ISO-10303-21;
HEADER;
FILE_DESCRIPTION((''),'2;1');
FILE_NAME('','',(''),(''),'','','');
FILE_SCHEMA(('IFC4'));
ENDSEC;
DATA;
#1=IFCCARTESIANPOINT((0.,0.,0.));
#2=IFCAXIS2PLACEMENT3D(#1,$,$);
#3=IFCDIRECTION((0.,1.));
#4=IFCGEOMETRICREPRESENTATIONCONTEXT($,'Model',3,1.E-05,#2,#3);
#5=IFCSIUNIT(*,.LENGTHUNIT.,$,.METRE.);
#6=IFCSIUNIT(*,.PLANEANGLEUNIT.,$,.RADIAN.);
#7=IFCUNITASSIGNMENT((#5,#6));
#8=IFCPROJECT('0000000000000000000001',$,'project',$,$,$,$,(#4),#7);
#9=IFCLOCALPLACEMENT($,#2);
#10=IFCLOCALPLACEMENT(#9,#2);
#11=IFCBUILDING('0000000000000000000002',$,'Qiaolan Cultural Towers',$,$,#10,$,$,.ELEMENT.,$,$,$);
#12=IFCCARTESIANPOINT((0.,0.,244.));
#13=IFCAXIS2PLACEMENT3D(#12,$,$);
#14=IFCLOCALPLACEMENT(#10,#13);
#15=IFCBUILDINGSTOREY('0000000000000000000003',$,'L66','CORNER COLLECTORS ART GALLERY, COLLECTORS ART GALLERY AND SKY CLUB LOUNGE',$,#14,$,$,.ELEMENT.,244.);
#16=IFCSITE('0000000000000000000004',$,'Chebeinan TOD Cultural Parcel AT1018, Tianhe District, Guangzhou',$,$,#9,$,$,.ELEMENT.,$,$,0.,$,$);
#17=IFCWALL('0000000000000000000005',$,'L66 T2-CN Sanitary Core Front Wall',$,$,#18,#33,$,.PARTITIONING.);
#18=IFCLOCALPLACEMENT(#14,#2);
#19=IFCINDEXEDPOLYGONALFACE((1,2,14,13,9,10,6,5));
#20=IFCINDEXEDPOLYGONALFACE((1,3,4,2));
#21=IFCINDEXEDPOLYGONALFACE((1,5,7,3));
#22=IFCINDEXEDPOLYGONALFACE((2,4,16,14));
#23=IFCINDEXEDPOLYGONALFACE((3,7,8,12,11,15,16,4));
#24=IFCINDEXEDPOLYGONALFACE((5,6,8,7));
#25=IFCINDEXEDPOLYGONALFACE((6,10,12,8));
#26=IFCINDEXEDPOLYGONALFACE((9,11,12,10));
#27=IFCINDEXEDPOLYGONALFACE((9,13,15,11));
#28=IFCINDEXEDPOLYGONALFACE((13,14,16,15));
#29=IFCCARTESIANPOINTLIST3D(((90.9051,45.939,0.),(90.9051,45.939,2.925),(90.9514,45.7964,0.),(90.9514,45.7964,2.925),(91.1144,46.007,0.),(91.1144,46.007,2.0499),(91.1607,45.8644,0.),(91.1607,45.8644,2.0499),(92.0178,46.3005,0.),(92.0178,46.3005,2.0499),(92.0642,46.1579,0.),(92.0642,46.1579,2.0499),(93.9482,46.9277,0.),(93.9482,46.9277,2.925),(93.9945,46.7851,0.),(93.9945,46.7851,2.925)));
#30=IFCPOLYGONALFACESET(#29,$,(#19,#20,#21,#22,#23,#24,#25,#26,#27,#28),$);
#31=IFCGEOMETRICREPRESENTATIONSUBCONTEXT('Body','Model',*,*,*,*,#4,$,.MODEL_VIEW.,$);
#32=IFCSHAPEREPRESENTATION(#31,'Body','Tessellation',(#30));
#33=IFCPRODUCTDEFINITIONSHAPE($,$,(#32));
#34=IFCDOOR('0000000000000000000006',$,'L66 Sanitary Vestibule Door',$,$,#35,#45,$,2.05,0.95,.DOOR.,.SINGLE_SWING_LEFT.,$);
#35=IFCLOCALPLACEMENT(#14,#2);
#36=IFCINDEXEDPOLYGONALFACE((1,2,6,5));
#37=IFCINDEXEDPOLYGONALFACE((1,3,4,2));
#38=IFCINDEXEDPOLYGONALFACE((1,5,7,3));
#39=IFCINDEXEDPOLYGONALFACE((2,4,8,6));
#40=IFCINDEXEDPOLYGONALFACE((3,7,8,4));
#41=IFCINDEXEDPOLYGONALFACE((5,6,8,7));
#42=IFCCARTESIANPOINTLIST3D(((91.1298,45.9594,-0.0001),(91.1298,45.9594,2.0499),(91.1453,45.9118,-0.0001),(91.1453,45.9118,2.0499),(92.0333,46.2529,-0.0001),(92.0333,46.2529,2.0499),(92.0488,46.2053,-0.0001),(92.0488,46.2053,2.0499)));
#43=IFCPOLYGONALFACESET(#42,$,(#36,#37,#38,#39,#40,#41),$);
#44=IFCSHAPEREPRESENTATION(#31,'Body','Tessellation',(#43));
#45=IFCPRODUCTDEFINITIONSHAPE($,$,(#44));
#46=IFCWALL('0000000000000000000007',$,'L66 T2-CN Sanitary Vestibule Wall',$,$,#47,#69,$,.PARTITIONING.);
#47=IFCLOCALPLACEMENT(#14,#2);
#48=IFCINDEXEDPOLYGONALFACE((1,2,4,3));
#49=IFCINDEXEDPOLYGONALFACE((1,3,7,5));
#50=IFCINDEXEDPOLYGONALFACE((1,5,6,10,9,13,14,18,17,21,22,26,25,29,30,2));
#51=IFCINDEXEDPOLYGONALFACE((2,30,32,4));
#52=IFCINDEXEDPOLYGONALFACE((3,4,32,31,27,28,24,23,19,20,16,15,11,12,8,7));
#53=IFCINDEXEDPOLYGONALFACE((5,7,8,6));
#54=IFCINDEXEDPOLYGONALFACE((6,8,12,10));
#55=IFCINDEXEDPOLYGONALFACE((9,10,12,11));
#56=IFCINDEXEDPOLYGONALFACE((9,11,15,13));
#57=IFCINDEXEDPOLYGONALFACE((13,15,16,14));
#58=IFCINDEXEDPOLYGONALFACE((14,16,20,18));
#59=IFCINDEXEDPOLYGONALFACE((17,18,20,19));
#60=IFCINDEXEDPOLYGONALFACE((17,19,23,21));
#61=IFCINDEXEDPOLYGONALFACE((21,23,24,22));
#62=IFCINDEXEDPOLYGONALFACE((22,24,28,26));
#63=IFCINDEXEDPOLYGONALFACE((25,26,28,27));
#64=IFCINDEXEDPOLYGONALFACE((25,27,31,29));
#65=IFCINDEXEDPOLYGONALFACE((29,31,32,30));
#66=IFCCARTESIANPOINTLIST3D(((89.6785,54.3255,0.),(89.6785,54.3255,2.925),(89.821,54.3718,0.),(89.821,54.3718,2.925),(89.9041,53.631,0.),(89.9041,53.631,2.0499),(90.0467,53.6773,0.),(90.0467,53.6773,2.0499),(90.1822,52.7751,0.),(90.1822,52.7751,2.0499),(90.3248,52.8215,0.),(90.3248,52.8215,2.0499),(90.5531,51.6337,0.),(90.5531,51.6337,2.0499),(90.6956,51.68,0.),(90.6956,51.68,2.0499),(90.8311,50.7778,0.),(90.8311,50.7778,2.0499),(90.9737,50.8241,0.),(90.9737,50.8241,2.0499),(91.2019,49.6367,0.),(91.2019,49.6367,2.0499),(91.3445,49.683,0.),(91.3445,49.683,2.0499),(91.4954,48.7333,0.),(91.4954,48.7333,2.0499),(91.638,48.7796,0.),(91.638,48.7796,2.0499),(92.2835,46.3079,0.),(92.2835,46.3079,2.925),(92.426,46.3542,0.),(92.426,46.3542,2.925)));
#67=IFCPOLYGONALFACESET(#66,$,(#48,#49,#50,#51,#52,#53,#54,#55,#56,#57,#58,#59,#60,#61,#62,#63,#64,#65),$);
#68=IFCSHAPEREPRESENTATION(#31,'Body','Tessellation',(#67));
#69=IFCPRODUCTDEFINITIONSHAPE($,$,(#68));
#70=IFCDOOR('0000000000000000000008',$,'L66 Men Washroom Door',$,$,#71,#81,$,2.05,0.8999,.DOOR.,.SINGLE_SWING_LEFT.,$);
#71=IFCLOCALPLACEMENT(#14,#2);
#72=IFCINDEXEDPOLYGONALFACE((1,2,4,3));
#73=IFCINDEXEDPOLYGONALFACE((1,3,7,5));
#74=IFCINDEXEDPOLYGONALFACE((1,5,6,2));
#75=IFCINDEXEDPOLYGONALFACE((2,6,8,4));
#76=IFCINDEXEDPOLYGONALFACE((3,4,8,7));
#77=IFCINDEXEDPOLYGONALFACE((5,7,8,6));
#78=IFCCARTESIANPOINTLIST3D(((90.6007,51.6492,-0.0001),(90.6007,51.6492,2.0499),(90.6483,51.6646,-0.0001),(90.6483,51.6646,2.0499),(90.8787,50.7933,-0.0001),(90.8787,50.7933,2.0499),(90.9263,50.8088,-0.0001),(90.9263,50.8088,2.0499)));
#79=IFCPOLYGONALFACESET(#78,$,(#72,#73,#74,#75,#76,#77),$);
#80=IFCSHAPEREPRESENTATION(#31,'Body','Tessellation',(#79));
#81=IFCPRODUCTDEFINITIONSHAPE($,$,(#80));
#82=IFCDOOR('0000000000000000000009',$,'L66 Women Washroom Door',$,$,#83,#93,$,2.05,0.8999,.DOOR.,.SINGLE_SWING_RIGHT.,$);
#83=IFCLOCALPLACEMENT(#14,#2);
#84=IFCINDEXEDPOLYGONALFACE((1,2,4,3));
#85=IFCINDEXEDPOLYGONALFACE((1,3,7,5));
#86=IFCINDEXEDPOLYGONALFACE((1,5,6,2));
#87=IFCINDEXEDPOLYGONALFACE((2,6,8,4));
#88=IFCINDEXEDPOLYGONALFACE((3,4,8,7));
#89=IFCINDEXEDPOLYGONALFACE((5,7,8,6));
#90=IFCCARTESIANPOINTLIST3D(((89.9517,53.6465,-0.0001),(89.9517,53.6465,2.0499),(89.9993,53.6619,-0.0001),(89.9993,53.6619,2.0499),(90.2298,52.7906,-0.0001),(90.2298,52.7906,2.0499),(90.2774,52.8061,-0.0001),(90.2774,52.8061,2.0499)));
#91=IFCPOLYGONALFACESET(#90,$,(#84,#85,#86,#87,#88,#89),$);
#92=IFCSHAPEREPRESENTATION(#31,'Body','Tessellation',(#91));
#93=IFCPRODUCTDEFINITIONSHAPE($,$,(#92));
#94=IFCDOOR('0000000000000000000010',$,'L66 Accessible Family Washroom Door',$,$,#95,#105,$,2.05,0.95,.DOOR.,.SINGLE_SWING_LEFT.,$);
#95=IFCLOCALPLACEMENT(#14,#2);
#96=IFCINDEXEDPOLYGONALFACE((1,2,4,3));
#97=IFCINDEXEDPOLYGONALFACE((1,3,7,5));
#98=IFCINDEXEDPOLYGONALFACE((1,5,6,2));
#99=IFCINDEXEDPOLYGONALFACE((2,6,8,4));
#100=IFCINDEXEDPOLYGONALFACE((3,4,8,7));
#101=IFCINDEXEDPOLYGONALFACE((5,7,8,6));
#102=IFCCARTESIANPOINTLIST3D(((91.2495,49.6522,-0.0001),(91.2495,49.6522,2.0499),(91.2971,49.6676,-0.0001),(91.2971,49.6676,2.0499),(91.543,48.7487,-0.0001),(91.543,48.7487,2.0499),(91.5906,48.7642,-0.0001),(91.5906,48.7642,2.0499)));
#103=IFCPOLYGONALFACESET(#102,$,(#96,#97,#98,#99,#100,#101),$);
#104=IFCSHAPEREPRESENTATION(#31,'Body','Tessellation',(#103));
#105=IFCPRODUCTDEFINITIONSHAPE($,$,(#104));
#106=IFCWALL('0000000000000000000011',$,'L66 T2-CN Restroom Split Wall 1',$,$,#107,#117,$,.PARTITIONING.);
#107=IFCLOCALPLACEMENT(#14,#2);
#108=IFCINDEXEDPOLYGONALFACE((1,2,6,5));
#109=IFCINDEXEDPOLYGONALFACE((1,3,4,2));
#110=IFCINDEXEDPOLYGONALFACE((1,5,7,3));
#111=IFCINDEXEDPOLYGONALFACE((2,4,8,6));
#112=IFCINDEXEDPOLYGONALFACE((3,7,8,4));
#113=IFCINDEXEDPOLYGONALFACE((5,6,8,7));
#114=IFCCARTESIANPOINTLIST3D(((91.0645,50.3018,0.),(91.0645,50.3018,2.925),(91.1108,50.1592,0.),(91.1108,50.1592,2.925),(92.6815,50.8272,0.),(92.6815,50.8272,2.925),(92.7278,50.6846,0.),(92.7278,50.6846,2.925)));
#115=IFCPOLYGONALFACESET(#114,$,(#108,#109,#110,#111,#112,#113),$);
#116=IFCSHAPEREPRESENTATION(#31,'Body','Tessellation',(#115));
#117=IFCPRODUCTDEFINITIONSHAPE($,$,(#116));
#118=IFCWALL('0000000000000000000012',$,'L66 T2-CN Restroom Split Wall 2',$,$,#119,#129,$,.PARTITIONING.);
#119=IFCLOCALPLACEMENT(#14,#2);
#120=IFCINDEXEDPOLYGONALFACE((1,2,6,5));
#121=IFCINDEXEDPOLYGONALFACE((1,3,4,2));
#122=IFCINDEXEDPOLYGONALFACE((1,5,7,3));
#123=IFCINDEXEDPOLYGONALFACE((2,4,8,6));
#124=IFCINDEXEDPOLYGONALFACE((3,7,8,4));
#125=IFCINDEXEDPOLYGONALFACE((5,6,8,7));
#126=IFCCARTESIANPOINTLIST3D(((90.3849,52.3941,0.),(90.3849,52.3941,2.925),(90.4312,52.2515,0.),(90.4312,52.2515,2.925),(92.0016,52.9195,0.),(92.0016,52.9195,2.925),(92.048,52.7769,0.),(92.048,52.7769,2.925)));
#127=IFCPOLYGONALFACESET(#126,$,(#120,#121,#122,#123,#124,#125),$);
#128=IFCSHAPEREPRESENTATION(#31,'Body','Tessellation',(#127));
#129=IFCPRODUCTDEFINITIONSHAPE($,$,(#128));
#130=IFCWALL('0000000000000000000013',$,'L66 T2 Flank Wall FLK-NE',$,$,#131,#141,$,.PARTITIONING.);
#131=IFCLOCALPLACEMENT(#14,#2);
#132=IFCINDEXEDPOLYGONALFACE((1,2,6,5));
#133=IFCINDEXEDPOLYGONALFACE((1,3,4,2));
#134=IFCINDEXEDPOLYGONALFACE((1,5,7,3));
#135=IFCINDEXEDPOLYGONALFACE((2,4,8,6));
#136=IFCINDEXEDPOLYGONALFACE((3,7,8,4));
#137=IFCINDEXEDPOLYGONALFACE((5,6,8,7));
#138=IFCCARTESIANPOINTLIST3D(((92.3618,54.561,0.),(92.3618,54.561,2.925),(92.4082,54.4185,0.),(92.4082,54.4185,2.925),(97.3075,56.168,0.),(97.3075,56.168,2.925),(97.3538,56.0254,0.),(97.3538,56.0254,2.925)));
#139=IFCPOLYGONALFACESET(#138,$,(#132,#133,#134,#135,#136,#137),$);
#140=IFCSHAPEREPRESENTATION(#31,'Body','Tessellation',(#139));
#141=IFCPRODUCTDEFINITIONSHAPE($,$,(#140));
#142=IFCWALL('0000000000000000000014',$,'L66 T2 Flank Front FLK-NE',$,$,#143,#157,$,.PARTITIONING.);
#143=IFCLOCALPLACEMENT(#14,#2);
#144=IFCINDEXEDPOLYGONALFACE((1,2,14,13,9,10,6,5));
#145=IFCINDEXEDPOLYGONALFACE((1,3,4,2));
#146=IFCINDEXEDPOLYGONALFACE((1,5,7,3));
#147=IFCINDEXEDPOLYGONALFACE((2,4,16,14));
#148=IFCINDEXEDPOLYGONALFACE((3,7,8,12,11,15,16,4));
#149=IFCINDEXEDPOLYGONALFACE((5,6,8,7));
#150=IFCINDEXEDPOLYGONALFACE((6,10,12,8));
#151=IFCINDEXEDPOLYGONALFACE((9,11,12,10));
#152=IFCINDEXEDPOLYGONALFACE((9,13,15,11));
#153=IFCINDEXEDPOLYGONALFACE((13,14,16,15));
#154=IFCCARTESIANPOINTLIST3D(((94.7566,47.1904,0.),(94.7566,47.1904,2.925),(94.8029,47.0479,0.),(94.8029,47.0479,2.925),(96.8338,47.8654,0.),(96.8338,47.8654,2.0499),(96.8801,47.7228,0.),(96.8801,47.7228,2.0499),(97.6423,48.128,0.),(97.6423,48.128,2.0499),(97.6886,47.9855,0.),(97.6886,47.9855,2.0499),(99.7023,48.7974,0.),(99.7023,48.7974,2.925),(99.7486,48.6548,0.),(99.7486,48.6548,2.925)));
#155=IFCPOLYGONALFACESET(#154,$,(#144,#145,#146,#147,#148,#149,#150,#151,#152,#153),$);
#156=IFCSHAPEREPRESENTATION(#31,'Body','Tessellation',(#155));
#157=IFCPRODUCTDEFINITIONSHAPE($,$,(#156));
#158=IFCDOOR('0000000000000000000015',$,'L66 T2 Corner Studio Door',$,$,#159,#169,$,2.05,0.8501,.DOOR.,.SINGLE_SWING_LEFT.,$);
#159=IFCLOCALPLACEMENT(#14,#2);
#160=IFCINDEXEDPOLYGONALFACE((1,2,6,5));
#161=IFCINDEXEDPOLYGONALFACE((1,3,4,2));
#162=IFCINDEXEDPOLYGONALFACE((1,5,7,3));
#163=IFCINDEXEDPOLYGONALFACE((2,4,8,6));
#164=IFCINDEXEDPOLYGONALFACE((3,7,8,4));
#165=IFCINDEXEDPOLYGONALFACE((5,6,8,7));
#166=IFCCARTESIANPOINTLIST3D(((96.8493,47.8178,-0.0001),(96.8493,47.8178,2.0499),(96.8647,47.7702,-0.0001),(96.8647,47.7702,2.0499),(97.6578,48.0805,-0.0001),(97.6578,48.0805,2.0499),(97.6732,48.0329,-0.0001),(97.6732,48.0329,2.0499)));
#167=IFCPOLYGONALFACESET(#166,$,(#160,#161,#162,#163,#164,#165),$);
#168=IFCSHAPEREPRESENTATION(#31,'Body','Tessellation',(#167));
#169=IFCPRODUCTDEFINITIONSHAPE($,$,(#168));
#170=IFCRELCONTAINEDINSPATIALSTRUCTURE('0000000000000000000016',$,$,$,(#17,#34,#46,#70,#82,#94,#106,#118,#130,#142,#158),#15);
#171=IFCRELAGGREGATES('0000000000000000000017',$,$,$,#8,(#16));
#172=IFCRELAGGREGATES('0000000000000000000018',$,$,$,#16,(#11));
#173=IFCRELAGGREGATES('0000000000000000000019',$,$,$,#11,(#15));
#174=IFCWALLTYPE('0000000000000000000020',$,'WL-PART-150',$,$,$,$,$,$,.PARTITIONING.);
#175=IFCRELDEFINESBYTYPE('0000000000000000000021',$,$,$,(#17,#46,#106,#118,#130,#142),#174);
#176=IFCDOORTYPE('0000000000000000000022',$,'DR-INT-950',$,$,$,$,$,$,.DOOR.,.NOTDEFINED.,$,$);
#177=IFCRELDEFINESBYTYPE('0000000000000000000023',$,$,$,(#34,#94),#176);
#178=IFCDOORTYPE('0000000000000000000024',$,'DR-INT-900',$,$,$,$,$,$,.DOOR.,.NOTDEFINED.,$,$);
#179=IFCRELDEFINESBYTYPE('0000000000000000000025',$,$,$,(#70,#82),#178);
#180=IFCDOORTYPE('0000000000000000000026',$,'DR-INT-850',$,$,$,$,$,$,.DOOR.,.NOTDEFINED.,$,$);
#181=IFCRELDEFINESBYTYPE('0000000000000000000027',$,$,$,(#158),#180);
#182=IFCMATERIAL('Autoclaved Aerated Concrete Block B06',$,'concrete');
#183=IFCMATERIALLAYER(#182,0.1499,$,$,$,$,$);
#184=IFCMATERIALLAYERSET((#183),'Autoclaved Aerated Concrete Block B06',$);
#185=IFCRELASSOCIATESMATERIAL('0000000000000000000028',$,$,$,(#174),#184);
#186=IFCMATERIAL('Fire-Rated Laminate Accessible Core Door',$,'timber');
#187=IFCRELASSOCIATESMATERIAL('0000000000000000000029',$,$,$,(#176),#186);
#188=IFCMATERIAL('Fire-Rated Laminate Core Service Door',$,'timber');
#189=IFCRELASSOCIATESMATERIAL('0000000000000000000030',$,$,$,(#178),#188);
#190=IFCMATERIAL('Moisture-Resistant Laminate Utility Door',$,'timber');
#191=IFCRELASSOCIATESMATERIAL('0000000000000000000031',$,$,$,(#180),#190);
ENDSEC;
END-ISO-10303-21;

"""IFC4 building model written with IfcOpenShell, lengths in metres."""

from ifc_helpers import new_model, si_unit, direction, frame, frame_2d, origin, place, context, subcontext, project, spatial, rectangle, extrude, material, layer, layer_set, type_object, element, fill, save


model = new_model("IFC4")

# Units and contexts
model_context = context("Model", 3, precision=1e-05, world=origin(), true_north=direction((0.0, 1.0)))
body_context = subcontext(model_context, "Body", "Model", "MODEL_VIEW")
ifc_project = project(units=[si_unit("LENGTHUNIT", "METRE"), si_unit("PLANEANGLEUNIT", "RADIAN")], contexts=[model_context])

# Site, building, storey
site_placement = place(None, origin())
site = spatial("IfcSite", under=ifc_project, at=site_placement, Name="Chebeinan TOD Cultural Parcel AT1018, Tianhe District, Guangzhou", CompositionType="ELEMENT", RefElevation=0.0)
building_placement = place(site_placement, origin())
building = spatial("IfcBuilding", under=site, at=building_placement, Name="Qiaolan Cultural Towers", CompositionType="ELEMENT")
storey_placement = place(building_placement, frame((0.0, 0.0, 244.0)))
storey = spatial("IfcBuildingStorey", under=building, at=storey_placement, Name="L66", Description="CORNER COLLECTORS ART GALLERY, COLLECTORS ART GALLERY AND SKY CLUB LOUNGE", CompositionType="ELEMENT", Elevation=244.0)

# Wall, opening, door
ifc_material_1 = material(Name="Autoclaved Aerated Concrete Block B06", Category="concrete")
ifc_layer_1 = layer(ifc_material_1, 0.1499)
ifc_layer_set_1 = layer_set([ifc_layer_1], Name="Autoclaved Aerated Concrete Block B06")
wall_type_1 = type_object("IfcWallType", Name="WL-PART-150", PredefinedType="PARTITIONING", material=ifc_layer_set_1)
wall_1_placement = place(storey_placement, frame((90.9282, 45.8677, 0.0), z_axis=(0.0, 0.0, 1.0), x_axis=(0.951059, 0.309008, 0.0)))
wall_1 = element("IfcWall", 1, at=wall_1_placement, inside=storey, type_object=wall_type_1, Name="L66 T2-CN Sanitary Core Front Wall", PredefinedType="PARTITIONING", context=body_context, shape_type="SweptSolid", body=[
    extrude(rectangle(XDim=3.1997, YDim=0.1499, at=frame_2d((1.5999, 0.0))), origin(), (0.0, 0.0, 1.0), 2.925),
])
opening_1_placement = place(wall_1_placement, frame((0.22, 0.0, 0.0)))
opening_1 = element("IfcOpeningElement", 2, at=opening_1_placement, cuts=wall_1, PredefinedType="OPENING", context=body_context, shape_type="SweptSolid", body=[
    extrude(rectangle(XDim=0.95, YDim=2.05, at=frame_2d((0.4751, 1.0249))), frame((0.0, 0.085, 0.0), z_axis=(0.0, -1.0, 0.0), x_axis=(1.0, 0.0, 0.0)), (0.0, 0.0, 1.0), 0.1699),
])
ifc_material_2 = material(Name="Fire-Rated Laminate Accessible Core Door", Category="timber")
door_type_1 = type_object("IfcDoorType", Name="DR-INT-950", OperationType="NOTDEFINED", PredefinedType="DOOR", material=ifc_material_2)
door_1_placement = place(opening_1_placement, origin())
door_1 = element("IfcDoor", 3, at=door_1_placement, inside=storey, type_object=door_type_1, Name="L66 Sanitary Vestibule Door", OperationType="SINGLE_SWING_LEFT", OverallHeight=2.05, OverallWidth=0.95, PredefinedType="DOOR", context=body_context, shape_type="SweptSolid", body=[
    extrude(rectangle(XDim=0.95, YDim=2.05, at=frame_2d((0.4751, 1.0249))), frame((0.0, 0.0249, 0.0), z_axis=(0.0, -1.0, 0.0), x_axis=(1.0, 0.0, 0.0)), (0.0, 0.0, 1.0), 0.05),
])
fill(opening_1, door_1)

# Wall, openings, doors
wall_2_placement = place(storey_placement, frame((92.3547, 46.3311, 0.0), z_axis=(0.0, 0.0, 1.0), x_axis=(-0.309007, 0.95106, 0.0)))
wall_2 = element("IfcWall", 4, at=wall_2_placement, inside=storey, type_object=wall_type_1, Name="L66 T2-CN Sanitary Vestibule Wall", PredefinedType="PARTITIONING", context=body_context, shape_type="SweptSolid", body=[
    extrude(rectangle(XDim=8.4302, YDim=0.1499, at=frame_2d((4.2151, 0.0))), origin(), (0.0, 0.0, 1.0), 2.925),
])
opening_2_placement = place(wall_2_placement, frame((2.55, 0.0, 0.0)))
opening_2 = element("IfcOpeningElement", 5, at=opening_2_placement, cuts=wall_2, PredefinedType="OPENING", context=body_context, shape_type="SweptSolid", body=[
    extrude(rectangle(XDim=0.95, YDim=2.05, at=frame_2d((0.4751, 1.0249))), frame((0.0, 0.085, 0.0), z_axis=(0.0, -1.0, 0.0), x_axis=(1.0, 0.0, 0.0)), (0.0, 0.0, 1.0), 0.1699),
])
opening_3_placement = place(wall_2_placement, frame((4.7, 0.0, 0.0)))
opening_3 = element("IfcOpeningElement", 6, at=opening_3_placement, cuts=wall_2, PredefinedType="OPENING", context=body_context, shape_type="SweptSolid", body=[
    extrude(rectangle(XDim=0.8999, YDim=2.05, at=frame_2d((0.45, 1.0249))), frame((0.0, 0.085, 0.0), z_axis=(0.0, -1.0, 0.0), x_axis=(1.0, 0.0, 0.0)), (0.0, 0.0, 1.0), 0.1699),
])
opening_4_placement = place(wall_2_placement, frame((6.8, 0.0, 0.0)))
opening_4 = element("IfcOpeningElement", 7, at=opening_4_placement, cuts=wall_2, PredefinedType="OPENING", context=body_context, shape_type="SweptSolid", body=[
    extrude(rectangle(XDim=0.8999, YDim=2.05, at=frame_2d((0.45, 1.0249))), frame((0.0, 0.085, 0.0), z_axis=(0.0, -1.0, 0.0), x_axis=(1.0, 0.0, 0.0)), (0.0, 0.0, 1.0), 0.1699),
])
ifc_material_3 = material(Name="Fire-Rated Laminate Core Service Door", Category="timber")
door_type_2 = type_object("IfcDoorType", Name="DR-INT-900", OperationType="NOTDEFINED", PredefinedType="DOOR", material=ifc_material_3)
door_2_placement = place(opening_3_placement, origin())
door_2 = element("IfcDoor", 8, at=door_2_placement, inside=storey, type_object=door_type_2, Name="L66 Men Washroom Door", OperationType="SINGLE_SWING_LEFT", OverallHeight=2.05, OverallWidth=0.8999, PredefinedType="DOOR", context=body_context, shape_type="SweptSolid", body=[
    extrude(rectangle(XDim=0.8999, YDim=2.05, at=frame_2d((0.45, 1.0249))), frame((0.0, 0.0249, 0.0), z_axis=(0.0, -1.0, 0.0), x_axis=(1.0, 0.0, 0.0)), (0.0, 0.0, 1.0), 0.05),
])
fill(opening_3, door_2)
door_3_placement = place(opening_4_placement, origin())
door_3 = element("IfcDoor", 9, at=door_3_placement, inside=storey, type_object=door_type_2, Name="L66 Women Washroom Door", OperationType="SINGLE_SWING_RIGHT", OverallHeight=2.05, OverallWidth=0.8999, PredefinedType="DOOR", context=body_context, shape_type="SweptSolid", body=[
    extrude(rectangle(XDim=0.8999, YDim=2.05, at=frame_2d((0.45, 1.0249))), frame((0.0, 0.0249, 0.0), z_axis=(0.0, -1.0, 0.0), x_axis=(1.0, 0.0, 0.0)), (0.0, 0.0, 1.0), 0.05),
])
fill(opening_4, door_3)
door_4_placement = place(opening_2_placement, origin())
door_4 = element("IfcDoor", 10, at=door_4_placement, inside=storey, type_object=door_type_1, Name="L66 Accessible Family Washroom Door", OperationType="SINGLE_SWING_LEFT", OverallHeight=2.05, OverallWidth=0.95, PredefinedType="DOOR", context=body_context, shape_type="SweptSolid", body=[
    extrude(rectangle(XDim=0.95, YDim=2.05, at=frame_2d((0.4751, 1.0249))), frame((0.0, 0.0249, 0.0), z_axis=(0.0, -1.0, 0.0), x_axis=(1.0, 0.0, 0.0)), (0.0, 0.0, 1.0), 0.05),
])
fill(opening_2, door_4)

# Walls
wall_3_placement = place(storey_placement, frame((91.0876, 50.2305, 0.0), z_axis=(0.0, 0.0, 1.0), x_axis=(0.951054, 0.309024, 0.0)))
element("IfcWall", 11, at=wall_3_placement, inside=storey, type_object=wall_type_1, Name="L66 T2-CN Restroom Split Wall 1", PredefinedType="PARTITIONING", context=body_context, shape_type="SweptSolid", body=[
    extrude(rectangle(XDim=1.7002, YDim=0.1499, at=frame_2d((0.8501, 0.0))), origin(), (0.0, 0.0, 1.0), 2.925),
])
wall_4_placement = place(storey_placement, frame((90.408, 52.3228, 0.0), z_axis=(0.0, 0.0, 1.0), x_axis=(0.95104, 0.309067, 0.0)))
element("IfcWall", 12, at=wall_4_placement, inside=storey, type_object=wall_type_1, Name="L66 T2-CN Restroom Split Wall 2", PredefinedType="PARTITIONING", context=body_context, shape_type="SweptSolid", body=[
    extrude(rectangle(XDim=1.7, YDim=0.1499, at=frame_2d((0.8501, 0.0))), origin(), (0.0, 0.0, 1.0), 2.925),
])
wall_5_placement = place(storey_placement, frame((92.385, 54.4897, 0.0), z_axis=(0.0, 0.0, 1.0), x_axis=(0.951055, 0.309021, 0.0)))
element("IfcWall", 13, at=wall_5_placement, inside=storey, type_object=wall_type_1, Name="L66 T2 Flank Wall FLK-NE", PredefinedType="PARTITIONING", context=body_context, shape_type="SweptSolid", body=[
    extrude(rectangle(XDim=5.2002, YDim=0.1499, at=frame_2d((2.6001, 0.0))), origin(), (0.0, 0.0, 1.0), 2.925),
])

# Wall, opening, door
wall_6_placement = place(storey_placement, frame((94.7798, 47.1191, 0.0), z_axis=(0.0, 0.0, 1.0), x_axis=(0.951055, 0.309021, 0.0)))
wall_6 = element("IfcWall", 14, at=wall_6_placement, inside=storey, type_object=wall_type_1, Name="L66 T2 Flank Front FLK-NE", PredefinedType="PARTITIONING", context=body_context, shape_type="SweptSolid", body=[
    extrude(rectangle(XDim=5.2002, YDim=0.1499, at=frame_2d((2.6001, 0.0))), origin(), (0.0, 0.0, 1.0), 2.925),
])
opening_5_placement = place(wall_6_placement, frame((2.1841, 0.0, 0.0)))
opening_5 = element("IfcOpeningElement", 15, at=opening_5_placement, cuts=wall_6, PredefinedType="OPENING", context=body_context, shape_type="SweptSolid", body=[
    extrude(rectangle(XDim=0.8501, YDim=2.05, at=frame_2d((0.425, 1.0249))), frame((0.0, 0.085, 0.0), z_axis=(0.0, -1.0, 0.0), x_axis=(1.0, 0.0, 0.0)), (0.0, 0.0, 1.0), 0.1699),
])
ifc_material_4 = material(Name="Moisture-Resistant Laminate Utility Door", Category="timber")
door_type_3 = type_object("IfcDoorType", Name="DR-INT-850", OperationType="NOTDEFINED", PredefinedType="DOOR", material=ifc_material_4)
door_5_placement = place(opening_5_placement, origin())
door_5 = element("IfcDoor", 16, at=door_5_placement, inside=storey, type_object=door_type_3, Name="L66 T2 Corner Studio Door", OperationType="SINGLE_SWING_LEFT", OverallHeight=2.05, OverallWidth=0.8501, PredefinedType="DOOR", context=body_context, shape_type="SweptSolid", body=[
    extrude(rectangle(XDim=0.8501, YDim=2.05, at=frame_2d((0.425, 1.0249))), frame((0.0, 0.0249, 0.0), z_axis=(0.0, -1.0, 0.0), x_axis=(1.0, 0.0, 0.0)), (0.0, 0.0, 1.0), 0.05),
])
fill(opening_5, door_5)

save(model, "model.ifc")
